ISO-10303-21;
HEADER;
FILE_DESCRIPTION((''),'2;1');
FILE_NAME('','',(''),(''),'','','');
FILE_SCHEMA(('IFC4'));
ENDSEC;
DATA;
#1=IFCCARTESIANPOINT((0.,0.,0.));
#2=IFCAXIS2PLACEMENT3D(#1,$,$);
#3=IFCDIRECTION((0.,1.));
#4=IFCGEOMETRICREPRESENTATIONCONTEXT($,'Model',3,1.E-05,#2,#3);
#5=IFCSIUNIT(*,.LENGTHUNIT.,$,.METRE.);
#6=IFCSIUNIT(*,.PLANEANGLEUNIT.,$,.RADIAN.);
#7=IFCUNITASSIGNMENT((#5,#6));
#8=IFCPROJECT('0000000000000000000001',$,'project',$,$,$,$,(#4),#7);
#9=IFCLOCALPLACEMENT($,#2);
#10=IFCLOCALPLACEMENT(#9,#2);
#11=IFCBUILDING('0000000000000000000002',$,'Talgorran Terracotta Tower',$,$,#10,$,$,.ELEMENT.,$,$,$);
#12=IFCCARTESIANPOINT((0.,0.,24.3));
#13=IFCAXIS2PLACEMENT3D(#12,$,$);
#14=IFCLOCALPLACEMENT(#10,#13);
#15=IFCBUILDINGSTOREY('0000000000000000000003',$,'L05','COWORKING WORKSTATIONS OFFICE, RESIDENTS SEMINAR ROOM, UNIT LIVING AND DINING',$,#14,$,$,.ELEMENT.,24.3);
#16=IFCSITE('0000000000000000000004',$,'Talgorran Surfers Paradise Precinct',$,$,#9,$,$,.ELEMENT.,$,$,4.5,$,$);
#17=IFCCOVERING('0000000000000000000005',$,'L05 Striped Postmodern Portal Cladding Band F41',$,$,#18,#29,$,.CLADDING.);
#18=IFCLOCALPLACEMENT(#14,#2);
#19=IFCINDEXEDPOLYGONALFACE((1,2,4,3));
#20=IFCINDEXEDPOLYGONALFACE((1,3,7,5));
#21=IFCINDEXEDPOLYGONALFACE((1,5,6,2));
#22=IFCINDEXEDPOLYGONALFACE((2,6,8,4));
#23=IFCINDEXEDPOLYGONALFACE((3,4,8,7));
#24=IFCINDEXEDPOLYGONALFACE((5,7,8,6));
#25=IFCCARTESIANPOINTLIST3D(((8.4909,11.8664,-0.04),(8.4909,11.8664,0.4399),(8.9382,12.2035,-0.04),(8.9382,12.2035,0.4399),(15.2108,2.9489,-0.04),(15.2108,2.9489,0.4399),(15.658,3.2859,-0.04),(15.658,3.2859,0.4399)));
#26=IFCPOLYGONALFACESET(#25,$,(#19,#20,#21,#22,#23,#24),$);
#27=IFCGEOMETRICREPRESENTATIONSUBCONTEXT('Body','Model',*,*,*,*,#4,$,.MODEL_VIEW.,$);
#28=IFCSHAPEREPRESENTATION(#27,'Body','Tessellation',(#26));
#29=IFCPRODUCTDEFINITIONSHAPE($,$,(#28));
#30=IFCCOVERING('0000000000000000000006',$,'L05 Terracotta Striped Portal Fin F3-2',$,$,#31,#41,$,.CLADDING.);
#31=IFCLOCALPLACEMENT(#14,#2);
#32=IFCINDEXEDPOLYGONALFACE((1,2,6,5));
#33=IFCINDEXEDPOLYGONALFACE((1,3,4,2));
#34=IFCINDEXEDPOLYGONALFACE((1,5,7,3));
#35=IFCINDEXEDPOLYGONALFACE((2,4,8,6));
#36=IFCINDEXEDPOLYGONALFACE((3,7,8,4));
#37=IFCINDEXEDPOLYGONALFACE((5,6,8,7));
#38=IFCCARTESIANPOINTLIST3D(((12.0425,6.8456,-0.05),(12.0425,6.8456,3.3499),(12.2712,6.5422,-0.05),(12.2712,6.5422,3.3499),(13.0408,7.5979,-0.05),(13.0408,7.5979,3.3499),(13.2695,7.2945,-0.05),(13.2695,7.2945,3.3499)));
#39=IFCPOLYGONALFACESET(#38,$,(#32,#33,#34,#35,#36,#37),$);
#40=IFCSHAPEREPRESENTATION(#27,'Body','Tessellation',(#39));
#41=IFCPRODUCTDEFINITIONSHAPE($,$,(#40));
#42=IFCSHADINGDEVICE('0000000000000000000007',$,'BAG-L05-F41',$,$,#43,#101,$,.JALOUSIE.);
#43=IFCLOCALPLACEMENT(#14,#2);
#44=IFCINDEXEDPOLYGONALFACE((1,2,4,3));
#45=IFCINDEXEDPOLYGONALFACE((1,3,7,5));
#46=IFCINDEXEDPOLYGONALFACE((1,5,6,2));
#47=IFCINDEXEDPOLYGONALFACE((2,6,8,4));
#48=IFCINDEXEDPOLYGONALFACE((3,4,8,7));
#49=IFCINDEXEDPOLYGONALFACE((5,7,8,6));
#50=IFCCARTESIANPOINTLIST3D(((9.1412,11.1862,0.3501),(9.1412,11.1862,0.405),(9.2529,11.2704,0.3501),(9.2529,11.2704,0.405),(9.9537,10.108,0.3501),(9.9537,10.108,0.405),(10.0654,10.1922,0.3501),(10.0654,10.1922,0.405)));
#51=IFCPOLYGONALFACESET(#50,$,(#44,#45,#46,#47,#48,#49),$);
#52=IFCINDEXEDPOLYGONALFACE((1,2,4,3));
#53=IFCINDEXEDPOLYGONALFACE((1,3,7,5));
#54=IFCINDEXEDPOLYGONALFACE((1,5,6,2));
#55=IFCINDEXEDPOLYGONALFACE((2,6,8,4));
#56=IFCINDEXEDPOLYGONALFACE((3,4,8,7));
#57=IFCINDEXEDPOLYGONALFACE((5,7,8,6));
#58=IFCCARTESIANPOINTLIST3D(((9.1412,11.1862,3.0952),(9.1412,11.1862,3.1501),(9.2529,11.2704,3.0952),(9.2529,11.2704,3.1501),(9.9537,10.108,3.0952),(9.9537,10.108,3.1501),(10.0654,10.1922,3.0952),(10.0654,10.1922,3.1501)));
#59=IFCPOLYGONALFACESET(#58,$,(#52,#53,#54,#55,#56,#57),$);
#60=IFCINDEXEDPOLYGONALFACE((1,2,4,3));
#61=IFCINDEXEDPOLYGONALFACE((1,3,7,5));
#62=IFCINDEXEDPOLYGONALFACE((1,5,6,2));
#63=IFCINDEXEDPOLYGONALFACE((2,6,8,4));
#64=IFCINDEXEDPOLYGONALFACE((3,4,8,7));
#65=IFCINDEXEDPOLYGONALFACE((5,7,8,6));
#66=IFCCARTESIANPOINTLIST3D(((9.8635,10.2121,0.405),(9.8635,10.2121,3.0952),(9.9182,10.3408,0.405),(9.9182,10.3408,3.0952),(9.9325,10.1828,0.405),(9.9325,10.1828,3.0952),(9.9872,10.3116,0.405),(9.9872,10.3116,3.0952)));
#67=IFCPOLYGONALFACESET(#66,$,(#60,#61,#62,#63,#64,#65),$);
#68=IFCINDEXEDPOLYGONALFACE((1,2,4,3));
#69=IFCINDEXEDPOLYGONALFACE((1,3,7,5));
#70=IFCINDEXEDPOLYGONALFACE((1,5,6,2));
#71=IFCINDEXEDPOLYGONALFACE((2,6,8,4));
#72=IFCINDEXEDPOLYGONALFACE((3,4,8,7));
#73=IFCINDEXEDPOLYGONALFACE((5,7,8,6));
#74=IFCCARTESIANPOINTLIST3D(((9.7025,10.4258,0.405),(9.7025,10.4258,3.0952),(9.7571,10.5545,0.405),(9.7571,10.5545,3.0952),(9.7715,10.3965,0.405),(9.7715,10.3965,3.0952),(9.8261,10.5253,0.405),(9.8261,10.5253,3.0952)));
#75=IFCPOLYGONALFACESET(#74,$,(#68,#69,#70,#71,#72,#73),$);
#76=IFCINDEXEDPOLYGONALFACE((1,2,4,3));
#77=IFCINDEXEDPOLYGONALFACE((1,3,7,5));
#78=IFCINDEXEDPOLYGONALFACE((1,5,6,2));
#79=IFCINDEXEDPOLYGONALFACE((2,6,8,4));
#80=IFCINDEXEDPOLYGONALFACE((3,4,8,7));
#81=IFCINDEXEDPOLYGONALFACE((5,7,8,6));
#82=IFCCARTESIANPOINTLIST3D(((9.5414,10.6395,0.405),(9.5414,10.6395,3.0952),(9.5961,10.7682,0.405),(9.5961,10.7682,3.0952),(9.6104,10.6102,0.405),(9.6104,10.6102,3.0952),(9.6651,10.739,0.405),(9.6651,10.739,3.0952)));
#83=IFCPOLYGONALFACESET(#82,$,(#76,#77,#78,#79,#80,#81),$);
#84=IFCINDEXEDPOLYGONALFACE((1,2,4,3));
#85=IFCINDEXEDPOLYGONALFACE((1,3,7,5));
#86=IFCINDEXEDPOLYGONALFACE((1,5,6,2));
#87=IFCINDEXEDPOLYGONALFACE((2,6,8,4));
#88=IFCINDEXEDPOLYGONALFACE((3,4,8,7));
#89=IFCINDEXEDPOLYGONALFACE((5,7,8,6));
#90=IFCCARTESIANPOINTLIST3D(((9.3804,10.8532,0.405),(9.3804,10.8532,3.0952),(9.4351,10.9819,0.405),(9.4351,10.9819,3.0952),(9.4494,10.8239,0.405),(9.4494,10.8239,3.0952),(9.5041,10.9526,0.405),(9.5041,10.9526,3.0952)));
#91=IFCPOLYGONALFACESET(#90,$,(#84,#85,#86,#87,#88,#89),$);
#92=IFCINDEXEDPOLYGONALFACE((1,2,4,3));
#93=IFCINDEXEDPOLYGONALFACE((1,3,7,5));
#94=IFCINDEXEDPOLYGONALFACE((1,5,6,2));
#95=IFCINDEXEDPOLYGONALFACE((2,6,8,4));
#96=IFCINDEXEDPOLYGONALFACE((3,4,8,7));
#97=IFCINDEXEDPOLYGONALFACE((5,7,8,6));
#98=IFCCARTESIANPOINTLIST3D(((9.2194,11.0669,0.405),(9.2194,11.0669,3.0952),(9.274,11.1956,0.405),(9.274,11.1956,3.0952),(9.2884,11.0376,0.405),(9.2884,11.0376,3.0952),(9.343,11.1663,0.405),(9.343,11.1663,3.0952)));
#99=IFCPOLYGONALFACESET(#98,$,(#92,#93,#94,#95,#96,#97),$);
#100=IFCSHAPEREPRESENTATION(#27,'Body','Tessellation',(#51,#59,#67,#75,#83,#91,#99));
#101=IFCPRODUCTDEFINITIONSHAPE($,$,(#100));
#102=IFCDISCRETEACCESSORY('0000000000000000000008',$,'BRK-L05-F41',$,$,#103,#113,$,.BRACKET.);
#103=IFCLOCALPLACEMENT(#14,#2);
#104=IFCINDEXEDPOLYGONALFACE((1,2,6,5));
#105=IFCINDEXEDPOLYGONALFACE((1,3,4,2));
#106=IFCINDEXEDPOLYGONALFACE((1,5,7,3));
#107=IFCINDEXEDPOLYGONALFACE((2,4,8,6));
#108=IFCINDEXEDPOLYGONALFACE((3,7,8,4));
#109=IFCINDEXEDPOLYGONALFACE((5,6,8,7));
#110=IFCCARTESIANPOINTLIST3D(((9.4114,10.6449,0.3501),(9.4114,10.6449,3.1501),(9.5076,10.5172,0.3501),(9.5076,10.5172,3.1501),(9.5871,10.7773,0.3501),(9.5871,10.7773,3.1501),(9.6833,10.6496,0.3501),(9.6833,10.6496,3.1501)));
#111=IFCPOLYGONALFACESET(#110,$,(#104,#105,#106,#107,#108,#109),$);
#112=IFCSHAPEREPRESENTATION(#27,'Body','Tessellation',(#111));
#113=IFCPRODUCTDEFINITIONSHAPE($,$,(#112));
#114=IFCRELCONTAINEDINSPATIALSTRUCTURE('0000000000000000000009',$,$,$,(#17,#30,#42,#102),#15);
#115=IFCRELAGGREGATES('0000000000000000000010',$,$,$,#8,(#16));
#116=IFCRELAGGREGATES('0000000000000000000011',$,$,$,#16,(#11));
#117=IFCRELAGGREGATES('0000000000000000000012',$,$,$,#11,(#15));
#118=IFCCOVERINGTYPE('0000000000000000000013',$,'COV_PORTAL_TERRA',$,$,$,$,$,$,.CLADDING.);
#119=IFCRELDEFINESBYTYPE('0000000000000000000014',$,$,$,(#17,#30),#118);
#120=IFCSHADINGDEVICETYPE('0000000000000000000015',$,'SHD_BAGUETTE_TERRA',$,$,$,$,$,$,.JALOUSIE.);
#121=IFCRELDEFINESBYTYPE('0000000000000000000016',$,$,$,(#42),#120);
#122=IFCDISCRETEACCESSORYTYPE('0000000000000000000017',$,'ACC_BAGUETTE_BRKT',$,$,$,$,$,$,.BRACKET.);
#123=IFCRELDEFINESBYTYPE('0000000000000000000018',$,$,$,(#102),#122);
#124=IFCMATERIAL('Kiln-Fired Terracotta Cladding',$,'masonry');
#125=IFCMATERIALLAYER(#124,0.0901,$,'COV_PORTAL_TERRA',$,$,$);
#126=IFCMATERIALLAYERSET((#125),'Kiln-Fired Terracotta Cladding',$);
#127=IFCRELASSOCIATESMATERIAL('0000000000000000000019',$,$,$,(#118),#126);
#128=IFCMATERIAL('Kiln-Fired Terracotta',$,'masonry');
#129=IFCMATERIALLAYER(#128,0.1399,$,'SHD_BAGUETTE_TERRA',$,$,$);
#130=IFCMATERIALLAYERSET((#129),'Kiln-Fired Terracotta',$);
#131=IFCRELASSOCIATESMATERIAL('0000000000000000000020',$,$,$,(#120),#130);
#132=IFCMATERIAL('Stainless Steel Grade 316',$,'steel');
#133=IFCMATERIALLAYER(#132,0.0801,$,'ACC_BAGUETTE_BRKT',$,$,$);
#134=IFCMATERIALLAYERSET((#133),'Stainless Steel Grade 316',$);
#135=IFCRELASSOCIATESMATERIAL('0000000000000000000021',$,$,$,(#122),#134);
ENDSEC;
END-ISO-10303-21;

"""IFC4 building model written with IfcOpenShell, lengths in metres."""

from ifc_helpers import new_model, si_unit, direction, frame, origin, origin_2d, place, context, subcontext, project, spatial, rectangle, extrude, source, transform, mapped, material, layer, layer_set, type_object, type_shapes, element, save


model = new_model("IFC4")

# Units and contexts
model_context = context("Model", 3, precision=1e-05, world=origin(), true_north=direction((0.0, 1.0)))
body_context = subcontext(model_context, "Body", "Model", "MODEL_VIEW")
ifc_project = project(units=[si_unit("LENGTHUNIT", "METRE"), si_unit("PLANEANGLEUNIT", "RADIAN")], contexts=[model_context])

# Site, building, storey
site_placement = place(None, origin())
site = spatial("IfcSite", under=ifc_project, at=site_placement, Name="Talgorran Surfers Paradise Precinct", CompositionType="ELEMENT", RefElevation=4.5)
building_placement = place(site_placement, origin())
building = spatial("IfcBuilding", under=site, at=building_placement, Name="Talgorran Terracotta Tower", CompositionType="ELEMENT")
storey_placement = place(building_placement, frame((0.0, 0.0, 24.3)))
storey = spatial("IfcBuildingStorey", under=building, at=storey_placement, Name="L05", Description="COWORKING WORKSTATIONS OFFICE, RESIDENTS SEMINAR ROOM, UNIT LIVING AND DINING", CompositionType="ELEMENT", Elevation=24.3)

# Coverings
ifc_material_1 = material(Name="Kiln-Fired Terracotta Cladding", Category="masonry")
ifc_layer_1 = layer(ifc_material_1, 0.0901, Name="COV_PORTAL_TERRA")
ifc_layer_set_1 = layer_set([ifc_layer_1], Name="Kiln-Fired Terracotta Cladding")
covering_type_1 = type_object("IfcCoveringType", Name="COV_PORTAL_TERRA", PredefinedType="CLADDING", material=ifc_layer_set_1)
covering_1_placement = place(storey_placement, frame((12.0745, 7.5762, -0.04), z_axis=(0.0, 0.0, 1.0), x_axis=(-0.601815, 0.798636, 0.0)))
element("IfcCovering", 1, at=covering_1_placement, inside=storey, type_object=covering_type_1, Name="L05 Striped Postmodern Portal Cladding Band F41", PredefinedType="CLADDING", context=body_context, shape_type="SweptSolid", body=[
    extrude(rectangle(XDim=11.166, YDim=0.5601, at=origin_2d()), origin(), (0.0, 0.0, 1.0), 0.48),
])
covering_2_placement = place(storey_placement, frame((12.656, 7.0701, -0.05), z_axis=(0.0, 0.0, 1.0), x_axis=(-0.601815, 0.798636, 0.0)))
element("IfcCovering", 2, at=covering_2_placement, inside=storey, type_object=covering_type_1, Name="L05 Terracotta Striped Portal Fin F3-2", PredefinedType="CLADDING", context=body_context, shape_type="SweptSolid", body=[
    extrude(rectangle(XDim=0.3799, YDim=1.25, at=origin_2d()), origin(), (0.0, 0.0, 1.0), 3.3999),
])

# Shading device
ifc_material_2 = material(Name="Kiln-Fired Terracotta", Category="masonry")
ifc_layer_2 = layer(ifc_material_2, 0.1399, Name="SHD_BAGUETTE_TERRA")
ifc_layer_set_2 = layer_set([ifc_layer_2], Name="Kiln-Fired Terracotta")
shading_device_type = type_object("IfcShadingDeviceType", Name="SHD_BAGUETTE_TERRA", PredefinedType="JALOUSIE", material=ifc_layer_set_2)
shared_shape_1 = source(origin(), body_context, "Body", "SweptSolid", [
    extrude(rectangle(XDim=1.3501, YDim=0.1399, at=origin_2d()), origin(), (0.0, 0.0, 1.0), 0.0549),
    extrude(rectangle(XDim=1.3501, YDim=0.1399, at=origin_2d()), frame((0.0, 0.0, 2.7451)), (0.0, 0.0, 1.0), 0.0549),
    extrude(rectangle(XDim=0.075, YDim=0.1399, at=origin_2d()), frame((-0.5352, 0.0, 0.0549), z_axis=(0.0, 0.0, 1.0), x_axis=(0.866025, 0.5, 0.0)), (0.0, 0.0, 1.0), 2.6902),
    extrude(rectangle(XDim=0.075, YDim=0.1399, at=origin_2d()), frame((-0.2676, 0.0, 0.0549), z_axis=(0.0, 0.0, 1.0), x_axis=(0.866025, 0.5, 0.0)), (0.0, 0.0, 1.0), 2.6902),
    extrude(rectangle(XDim=0.075, YDim=0.1399, at=origin_2d()), frame((0.0, 0.0, 0.0549), z_axis=(0.0, 0.0, 1.0), x_axis=(0.866025, 0.5, 0.0)), (0.0, 0.0, 1.0), 2.6902),
    extrude(rectangle(XDim=0.075, YDim=0.1399, at=origin_2d()), frame((0.2676, 0.0, 0.0549), z_axis=(0.0, 0.0, 1.0), x_axis=(0.866025, 0.5, 0.0)), (0.0, 0.0, 1.0), 2.6902),
    extrude(rectangle(XDim=0.075, YDim=0.1399, at=origin_2d()), frame((0.5352, 0.0, 0.0549), z_axis=(0.0, 0.0, 1.0), x_axis=(0.866025, 0.5, 0.0)), (0.0, 0.0, 1.0), 2.6902),
])
type_shapes(shading_device_type, [shared_shape_1])
shading_device_placement = place(storey_placement, frame((9.6033, 10.6892, 0.3501), z_axis=(0.0, 0.0, 1.0), x_axis=(-0.601815, 0.798636, 0.0)))
element("IfcShadingDevice", 3, at=shading_device_placement, inside=storey, type_object=shading_device_type, Name="BAG-L05-F41", PredefinedType="JALOUSIE", context=body_context, shape_type="MappedRepresentation", body=[
    mapped(shared_shape_1, transform((0.0, 0.0, 0.0), scale=1.0)),
])

# Discrete accessory
ifc_material_3 = material(Name="Stainless Steel Grade 316", Category="steel")
ifc_layer_3 = layer(ifc_material_3, 0.0801, Name="ACC_BAGUETTE_BRKT")
ifc_layer_set_3 = layer_set([ifc_layer_3], Name="Stainless Steel Grade 316")
discrete_accessory_type = type_object("IfcDiscreteAccessoryType", Name="ACC_BAGUETTE_BRKT", PredefinedType="BRACKET", material=ifc_layer_set_3)
shared_shape_2 = source(origin(), body_context, "Body", "SweptSolid", [
    extrude(rectangle(XDim=0.1599, YDim=0.22, at=origin_2d()), origin(), (0.0, 0.0, 1.0), 2.8),
])
type_shapes(discrete_accessory_type, [shared_shape_2])
discrete_accessory_placement = place(storey_placement, frame((9.5474, 10.6472, 0.3501), z_axis=(0.0, 0.0, 1.0), x_axis=(-0.601815, 0.798636, 0.0)))
element("IfcDiscreteAccessory", 4, at=discrete_accessory_placement, inside=storey, type_object=discrete_accessory_type, Name="BRK-L05-F41", PredefinedType="BRACKET", context=body_context, shape_type="MappedRepresentation", body=[
    mapped(shared_shape_2, transform((0.0, 0.0, 0.0), scale=1.0)),
])

save(model, "model.ifc")
